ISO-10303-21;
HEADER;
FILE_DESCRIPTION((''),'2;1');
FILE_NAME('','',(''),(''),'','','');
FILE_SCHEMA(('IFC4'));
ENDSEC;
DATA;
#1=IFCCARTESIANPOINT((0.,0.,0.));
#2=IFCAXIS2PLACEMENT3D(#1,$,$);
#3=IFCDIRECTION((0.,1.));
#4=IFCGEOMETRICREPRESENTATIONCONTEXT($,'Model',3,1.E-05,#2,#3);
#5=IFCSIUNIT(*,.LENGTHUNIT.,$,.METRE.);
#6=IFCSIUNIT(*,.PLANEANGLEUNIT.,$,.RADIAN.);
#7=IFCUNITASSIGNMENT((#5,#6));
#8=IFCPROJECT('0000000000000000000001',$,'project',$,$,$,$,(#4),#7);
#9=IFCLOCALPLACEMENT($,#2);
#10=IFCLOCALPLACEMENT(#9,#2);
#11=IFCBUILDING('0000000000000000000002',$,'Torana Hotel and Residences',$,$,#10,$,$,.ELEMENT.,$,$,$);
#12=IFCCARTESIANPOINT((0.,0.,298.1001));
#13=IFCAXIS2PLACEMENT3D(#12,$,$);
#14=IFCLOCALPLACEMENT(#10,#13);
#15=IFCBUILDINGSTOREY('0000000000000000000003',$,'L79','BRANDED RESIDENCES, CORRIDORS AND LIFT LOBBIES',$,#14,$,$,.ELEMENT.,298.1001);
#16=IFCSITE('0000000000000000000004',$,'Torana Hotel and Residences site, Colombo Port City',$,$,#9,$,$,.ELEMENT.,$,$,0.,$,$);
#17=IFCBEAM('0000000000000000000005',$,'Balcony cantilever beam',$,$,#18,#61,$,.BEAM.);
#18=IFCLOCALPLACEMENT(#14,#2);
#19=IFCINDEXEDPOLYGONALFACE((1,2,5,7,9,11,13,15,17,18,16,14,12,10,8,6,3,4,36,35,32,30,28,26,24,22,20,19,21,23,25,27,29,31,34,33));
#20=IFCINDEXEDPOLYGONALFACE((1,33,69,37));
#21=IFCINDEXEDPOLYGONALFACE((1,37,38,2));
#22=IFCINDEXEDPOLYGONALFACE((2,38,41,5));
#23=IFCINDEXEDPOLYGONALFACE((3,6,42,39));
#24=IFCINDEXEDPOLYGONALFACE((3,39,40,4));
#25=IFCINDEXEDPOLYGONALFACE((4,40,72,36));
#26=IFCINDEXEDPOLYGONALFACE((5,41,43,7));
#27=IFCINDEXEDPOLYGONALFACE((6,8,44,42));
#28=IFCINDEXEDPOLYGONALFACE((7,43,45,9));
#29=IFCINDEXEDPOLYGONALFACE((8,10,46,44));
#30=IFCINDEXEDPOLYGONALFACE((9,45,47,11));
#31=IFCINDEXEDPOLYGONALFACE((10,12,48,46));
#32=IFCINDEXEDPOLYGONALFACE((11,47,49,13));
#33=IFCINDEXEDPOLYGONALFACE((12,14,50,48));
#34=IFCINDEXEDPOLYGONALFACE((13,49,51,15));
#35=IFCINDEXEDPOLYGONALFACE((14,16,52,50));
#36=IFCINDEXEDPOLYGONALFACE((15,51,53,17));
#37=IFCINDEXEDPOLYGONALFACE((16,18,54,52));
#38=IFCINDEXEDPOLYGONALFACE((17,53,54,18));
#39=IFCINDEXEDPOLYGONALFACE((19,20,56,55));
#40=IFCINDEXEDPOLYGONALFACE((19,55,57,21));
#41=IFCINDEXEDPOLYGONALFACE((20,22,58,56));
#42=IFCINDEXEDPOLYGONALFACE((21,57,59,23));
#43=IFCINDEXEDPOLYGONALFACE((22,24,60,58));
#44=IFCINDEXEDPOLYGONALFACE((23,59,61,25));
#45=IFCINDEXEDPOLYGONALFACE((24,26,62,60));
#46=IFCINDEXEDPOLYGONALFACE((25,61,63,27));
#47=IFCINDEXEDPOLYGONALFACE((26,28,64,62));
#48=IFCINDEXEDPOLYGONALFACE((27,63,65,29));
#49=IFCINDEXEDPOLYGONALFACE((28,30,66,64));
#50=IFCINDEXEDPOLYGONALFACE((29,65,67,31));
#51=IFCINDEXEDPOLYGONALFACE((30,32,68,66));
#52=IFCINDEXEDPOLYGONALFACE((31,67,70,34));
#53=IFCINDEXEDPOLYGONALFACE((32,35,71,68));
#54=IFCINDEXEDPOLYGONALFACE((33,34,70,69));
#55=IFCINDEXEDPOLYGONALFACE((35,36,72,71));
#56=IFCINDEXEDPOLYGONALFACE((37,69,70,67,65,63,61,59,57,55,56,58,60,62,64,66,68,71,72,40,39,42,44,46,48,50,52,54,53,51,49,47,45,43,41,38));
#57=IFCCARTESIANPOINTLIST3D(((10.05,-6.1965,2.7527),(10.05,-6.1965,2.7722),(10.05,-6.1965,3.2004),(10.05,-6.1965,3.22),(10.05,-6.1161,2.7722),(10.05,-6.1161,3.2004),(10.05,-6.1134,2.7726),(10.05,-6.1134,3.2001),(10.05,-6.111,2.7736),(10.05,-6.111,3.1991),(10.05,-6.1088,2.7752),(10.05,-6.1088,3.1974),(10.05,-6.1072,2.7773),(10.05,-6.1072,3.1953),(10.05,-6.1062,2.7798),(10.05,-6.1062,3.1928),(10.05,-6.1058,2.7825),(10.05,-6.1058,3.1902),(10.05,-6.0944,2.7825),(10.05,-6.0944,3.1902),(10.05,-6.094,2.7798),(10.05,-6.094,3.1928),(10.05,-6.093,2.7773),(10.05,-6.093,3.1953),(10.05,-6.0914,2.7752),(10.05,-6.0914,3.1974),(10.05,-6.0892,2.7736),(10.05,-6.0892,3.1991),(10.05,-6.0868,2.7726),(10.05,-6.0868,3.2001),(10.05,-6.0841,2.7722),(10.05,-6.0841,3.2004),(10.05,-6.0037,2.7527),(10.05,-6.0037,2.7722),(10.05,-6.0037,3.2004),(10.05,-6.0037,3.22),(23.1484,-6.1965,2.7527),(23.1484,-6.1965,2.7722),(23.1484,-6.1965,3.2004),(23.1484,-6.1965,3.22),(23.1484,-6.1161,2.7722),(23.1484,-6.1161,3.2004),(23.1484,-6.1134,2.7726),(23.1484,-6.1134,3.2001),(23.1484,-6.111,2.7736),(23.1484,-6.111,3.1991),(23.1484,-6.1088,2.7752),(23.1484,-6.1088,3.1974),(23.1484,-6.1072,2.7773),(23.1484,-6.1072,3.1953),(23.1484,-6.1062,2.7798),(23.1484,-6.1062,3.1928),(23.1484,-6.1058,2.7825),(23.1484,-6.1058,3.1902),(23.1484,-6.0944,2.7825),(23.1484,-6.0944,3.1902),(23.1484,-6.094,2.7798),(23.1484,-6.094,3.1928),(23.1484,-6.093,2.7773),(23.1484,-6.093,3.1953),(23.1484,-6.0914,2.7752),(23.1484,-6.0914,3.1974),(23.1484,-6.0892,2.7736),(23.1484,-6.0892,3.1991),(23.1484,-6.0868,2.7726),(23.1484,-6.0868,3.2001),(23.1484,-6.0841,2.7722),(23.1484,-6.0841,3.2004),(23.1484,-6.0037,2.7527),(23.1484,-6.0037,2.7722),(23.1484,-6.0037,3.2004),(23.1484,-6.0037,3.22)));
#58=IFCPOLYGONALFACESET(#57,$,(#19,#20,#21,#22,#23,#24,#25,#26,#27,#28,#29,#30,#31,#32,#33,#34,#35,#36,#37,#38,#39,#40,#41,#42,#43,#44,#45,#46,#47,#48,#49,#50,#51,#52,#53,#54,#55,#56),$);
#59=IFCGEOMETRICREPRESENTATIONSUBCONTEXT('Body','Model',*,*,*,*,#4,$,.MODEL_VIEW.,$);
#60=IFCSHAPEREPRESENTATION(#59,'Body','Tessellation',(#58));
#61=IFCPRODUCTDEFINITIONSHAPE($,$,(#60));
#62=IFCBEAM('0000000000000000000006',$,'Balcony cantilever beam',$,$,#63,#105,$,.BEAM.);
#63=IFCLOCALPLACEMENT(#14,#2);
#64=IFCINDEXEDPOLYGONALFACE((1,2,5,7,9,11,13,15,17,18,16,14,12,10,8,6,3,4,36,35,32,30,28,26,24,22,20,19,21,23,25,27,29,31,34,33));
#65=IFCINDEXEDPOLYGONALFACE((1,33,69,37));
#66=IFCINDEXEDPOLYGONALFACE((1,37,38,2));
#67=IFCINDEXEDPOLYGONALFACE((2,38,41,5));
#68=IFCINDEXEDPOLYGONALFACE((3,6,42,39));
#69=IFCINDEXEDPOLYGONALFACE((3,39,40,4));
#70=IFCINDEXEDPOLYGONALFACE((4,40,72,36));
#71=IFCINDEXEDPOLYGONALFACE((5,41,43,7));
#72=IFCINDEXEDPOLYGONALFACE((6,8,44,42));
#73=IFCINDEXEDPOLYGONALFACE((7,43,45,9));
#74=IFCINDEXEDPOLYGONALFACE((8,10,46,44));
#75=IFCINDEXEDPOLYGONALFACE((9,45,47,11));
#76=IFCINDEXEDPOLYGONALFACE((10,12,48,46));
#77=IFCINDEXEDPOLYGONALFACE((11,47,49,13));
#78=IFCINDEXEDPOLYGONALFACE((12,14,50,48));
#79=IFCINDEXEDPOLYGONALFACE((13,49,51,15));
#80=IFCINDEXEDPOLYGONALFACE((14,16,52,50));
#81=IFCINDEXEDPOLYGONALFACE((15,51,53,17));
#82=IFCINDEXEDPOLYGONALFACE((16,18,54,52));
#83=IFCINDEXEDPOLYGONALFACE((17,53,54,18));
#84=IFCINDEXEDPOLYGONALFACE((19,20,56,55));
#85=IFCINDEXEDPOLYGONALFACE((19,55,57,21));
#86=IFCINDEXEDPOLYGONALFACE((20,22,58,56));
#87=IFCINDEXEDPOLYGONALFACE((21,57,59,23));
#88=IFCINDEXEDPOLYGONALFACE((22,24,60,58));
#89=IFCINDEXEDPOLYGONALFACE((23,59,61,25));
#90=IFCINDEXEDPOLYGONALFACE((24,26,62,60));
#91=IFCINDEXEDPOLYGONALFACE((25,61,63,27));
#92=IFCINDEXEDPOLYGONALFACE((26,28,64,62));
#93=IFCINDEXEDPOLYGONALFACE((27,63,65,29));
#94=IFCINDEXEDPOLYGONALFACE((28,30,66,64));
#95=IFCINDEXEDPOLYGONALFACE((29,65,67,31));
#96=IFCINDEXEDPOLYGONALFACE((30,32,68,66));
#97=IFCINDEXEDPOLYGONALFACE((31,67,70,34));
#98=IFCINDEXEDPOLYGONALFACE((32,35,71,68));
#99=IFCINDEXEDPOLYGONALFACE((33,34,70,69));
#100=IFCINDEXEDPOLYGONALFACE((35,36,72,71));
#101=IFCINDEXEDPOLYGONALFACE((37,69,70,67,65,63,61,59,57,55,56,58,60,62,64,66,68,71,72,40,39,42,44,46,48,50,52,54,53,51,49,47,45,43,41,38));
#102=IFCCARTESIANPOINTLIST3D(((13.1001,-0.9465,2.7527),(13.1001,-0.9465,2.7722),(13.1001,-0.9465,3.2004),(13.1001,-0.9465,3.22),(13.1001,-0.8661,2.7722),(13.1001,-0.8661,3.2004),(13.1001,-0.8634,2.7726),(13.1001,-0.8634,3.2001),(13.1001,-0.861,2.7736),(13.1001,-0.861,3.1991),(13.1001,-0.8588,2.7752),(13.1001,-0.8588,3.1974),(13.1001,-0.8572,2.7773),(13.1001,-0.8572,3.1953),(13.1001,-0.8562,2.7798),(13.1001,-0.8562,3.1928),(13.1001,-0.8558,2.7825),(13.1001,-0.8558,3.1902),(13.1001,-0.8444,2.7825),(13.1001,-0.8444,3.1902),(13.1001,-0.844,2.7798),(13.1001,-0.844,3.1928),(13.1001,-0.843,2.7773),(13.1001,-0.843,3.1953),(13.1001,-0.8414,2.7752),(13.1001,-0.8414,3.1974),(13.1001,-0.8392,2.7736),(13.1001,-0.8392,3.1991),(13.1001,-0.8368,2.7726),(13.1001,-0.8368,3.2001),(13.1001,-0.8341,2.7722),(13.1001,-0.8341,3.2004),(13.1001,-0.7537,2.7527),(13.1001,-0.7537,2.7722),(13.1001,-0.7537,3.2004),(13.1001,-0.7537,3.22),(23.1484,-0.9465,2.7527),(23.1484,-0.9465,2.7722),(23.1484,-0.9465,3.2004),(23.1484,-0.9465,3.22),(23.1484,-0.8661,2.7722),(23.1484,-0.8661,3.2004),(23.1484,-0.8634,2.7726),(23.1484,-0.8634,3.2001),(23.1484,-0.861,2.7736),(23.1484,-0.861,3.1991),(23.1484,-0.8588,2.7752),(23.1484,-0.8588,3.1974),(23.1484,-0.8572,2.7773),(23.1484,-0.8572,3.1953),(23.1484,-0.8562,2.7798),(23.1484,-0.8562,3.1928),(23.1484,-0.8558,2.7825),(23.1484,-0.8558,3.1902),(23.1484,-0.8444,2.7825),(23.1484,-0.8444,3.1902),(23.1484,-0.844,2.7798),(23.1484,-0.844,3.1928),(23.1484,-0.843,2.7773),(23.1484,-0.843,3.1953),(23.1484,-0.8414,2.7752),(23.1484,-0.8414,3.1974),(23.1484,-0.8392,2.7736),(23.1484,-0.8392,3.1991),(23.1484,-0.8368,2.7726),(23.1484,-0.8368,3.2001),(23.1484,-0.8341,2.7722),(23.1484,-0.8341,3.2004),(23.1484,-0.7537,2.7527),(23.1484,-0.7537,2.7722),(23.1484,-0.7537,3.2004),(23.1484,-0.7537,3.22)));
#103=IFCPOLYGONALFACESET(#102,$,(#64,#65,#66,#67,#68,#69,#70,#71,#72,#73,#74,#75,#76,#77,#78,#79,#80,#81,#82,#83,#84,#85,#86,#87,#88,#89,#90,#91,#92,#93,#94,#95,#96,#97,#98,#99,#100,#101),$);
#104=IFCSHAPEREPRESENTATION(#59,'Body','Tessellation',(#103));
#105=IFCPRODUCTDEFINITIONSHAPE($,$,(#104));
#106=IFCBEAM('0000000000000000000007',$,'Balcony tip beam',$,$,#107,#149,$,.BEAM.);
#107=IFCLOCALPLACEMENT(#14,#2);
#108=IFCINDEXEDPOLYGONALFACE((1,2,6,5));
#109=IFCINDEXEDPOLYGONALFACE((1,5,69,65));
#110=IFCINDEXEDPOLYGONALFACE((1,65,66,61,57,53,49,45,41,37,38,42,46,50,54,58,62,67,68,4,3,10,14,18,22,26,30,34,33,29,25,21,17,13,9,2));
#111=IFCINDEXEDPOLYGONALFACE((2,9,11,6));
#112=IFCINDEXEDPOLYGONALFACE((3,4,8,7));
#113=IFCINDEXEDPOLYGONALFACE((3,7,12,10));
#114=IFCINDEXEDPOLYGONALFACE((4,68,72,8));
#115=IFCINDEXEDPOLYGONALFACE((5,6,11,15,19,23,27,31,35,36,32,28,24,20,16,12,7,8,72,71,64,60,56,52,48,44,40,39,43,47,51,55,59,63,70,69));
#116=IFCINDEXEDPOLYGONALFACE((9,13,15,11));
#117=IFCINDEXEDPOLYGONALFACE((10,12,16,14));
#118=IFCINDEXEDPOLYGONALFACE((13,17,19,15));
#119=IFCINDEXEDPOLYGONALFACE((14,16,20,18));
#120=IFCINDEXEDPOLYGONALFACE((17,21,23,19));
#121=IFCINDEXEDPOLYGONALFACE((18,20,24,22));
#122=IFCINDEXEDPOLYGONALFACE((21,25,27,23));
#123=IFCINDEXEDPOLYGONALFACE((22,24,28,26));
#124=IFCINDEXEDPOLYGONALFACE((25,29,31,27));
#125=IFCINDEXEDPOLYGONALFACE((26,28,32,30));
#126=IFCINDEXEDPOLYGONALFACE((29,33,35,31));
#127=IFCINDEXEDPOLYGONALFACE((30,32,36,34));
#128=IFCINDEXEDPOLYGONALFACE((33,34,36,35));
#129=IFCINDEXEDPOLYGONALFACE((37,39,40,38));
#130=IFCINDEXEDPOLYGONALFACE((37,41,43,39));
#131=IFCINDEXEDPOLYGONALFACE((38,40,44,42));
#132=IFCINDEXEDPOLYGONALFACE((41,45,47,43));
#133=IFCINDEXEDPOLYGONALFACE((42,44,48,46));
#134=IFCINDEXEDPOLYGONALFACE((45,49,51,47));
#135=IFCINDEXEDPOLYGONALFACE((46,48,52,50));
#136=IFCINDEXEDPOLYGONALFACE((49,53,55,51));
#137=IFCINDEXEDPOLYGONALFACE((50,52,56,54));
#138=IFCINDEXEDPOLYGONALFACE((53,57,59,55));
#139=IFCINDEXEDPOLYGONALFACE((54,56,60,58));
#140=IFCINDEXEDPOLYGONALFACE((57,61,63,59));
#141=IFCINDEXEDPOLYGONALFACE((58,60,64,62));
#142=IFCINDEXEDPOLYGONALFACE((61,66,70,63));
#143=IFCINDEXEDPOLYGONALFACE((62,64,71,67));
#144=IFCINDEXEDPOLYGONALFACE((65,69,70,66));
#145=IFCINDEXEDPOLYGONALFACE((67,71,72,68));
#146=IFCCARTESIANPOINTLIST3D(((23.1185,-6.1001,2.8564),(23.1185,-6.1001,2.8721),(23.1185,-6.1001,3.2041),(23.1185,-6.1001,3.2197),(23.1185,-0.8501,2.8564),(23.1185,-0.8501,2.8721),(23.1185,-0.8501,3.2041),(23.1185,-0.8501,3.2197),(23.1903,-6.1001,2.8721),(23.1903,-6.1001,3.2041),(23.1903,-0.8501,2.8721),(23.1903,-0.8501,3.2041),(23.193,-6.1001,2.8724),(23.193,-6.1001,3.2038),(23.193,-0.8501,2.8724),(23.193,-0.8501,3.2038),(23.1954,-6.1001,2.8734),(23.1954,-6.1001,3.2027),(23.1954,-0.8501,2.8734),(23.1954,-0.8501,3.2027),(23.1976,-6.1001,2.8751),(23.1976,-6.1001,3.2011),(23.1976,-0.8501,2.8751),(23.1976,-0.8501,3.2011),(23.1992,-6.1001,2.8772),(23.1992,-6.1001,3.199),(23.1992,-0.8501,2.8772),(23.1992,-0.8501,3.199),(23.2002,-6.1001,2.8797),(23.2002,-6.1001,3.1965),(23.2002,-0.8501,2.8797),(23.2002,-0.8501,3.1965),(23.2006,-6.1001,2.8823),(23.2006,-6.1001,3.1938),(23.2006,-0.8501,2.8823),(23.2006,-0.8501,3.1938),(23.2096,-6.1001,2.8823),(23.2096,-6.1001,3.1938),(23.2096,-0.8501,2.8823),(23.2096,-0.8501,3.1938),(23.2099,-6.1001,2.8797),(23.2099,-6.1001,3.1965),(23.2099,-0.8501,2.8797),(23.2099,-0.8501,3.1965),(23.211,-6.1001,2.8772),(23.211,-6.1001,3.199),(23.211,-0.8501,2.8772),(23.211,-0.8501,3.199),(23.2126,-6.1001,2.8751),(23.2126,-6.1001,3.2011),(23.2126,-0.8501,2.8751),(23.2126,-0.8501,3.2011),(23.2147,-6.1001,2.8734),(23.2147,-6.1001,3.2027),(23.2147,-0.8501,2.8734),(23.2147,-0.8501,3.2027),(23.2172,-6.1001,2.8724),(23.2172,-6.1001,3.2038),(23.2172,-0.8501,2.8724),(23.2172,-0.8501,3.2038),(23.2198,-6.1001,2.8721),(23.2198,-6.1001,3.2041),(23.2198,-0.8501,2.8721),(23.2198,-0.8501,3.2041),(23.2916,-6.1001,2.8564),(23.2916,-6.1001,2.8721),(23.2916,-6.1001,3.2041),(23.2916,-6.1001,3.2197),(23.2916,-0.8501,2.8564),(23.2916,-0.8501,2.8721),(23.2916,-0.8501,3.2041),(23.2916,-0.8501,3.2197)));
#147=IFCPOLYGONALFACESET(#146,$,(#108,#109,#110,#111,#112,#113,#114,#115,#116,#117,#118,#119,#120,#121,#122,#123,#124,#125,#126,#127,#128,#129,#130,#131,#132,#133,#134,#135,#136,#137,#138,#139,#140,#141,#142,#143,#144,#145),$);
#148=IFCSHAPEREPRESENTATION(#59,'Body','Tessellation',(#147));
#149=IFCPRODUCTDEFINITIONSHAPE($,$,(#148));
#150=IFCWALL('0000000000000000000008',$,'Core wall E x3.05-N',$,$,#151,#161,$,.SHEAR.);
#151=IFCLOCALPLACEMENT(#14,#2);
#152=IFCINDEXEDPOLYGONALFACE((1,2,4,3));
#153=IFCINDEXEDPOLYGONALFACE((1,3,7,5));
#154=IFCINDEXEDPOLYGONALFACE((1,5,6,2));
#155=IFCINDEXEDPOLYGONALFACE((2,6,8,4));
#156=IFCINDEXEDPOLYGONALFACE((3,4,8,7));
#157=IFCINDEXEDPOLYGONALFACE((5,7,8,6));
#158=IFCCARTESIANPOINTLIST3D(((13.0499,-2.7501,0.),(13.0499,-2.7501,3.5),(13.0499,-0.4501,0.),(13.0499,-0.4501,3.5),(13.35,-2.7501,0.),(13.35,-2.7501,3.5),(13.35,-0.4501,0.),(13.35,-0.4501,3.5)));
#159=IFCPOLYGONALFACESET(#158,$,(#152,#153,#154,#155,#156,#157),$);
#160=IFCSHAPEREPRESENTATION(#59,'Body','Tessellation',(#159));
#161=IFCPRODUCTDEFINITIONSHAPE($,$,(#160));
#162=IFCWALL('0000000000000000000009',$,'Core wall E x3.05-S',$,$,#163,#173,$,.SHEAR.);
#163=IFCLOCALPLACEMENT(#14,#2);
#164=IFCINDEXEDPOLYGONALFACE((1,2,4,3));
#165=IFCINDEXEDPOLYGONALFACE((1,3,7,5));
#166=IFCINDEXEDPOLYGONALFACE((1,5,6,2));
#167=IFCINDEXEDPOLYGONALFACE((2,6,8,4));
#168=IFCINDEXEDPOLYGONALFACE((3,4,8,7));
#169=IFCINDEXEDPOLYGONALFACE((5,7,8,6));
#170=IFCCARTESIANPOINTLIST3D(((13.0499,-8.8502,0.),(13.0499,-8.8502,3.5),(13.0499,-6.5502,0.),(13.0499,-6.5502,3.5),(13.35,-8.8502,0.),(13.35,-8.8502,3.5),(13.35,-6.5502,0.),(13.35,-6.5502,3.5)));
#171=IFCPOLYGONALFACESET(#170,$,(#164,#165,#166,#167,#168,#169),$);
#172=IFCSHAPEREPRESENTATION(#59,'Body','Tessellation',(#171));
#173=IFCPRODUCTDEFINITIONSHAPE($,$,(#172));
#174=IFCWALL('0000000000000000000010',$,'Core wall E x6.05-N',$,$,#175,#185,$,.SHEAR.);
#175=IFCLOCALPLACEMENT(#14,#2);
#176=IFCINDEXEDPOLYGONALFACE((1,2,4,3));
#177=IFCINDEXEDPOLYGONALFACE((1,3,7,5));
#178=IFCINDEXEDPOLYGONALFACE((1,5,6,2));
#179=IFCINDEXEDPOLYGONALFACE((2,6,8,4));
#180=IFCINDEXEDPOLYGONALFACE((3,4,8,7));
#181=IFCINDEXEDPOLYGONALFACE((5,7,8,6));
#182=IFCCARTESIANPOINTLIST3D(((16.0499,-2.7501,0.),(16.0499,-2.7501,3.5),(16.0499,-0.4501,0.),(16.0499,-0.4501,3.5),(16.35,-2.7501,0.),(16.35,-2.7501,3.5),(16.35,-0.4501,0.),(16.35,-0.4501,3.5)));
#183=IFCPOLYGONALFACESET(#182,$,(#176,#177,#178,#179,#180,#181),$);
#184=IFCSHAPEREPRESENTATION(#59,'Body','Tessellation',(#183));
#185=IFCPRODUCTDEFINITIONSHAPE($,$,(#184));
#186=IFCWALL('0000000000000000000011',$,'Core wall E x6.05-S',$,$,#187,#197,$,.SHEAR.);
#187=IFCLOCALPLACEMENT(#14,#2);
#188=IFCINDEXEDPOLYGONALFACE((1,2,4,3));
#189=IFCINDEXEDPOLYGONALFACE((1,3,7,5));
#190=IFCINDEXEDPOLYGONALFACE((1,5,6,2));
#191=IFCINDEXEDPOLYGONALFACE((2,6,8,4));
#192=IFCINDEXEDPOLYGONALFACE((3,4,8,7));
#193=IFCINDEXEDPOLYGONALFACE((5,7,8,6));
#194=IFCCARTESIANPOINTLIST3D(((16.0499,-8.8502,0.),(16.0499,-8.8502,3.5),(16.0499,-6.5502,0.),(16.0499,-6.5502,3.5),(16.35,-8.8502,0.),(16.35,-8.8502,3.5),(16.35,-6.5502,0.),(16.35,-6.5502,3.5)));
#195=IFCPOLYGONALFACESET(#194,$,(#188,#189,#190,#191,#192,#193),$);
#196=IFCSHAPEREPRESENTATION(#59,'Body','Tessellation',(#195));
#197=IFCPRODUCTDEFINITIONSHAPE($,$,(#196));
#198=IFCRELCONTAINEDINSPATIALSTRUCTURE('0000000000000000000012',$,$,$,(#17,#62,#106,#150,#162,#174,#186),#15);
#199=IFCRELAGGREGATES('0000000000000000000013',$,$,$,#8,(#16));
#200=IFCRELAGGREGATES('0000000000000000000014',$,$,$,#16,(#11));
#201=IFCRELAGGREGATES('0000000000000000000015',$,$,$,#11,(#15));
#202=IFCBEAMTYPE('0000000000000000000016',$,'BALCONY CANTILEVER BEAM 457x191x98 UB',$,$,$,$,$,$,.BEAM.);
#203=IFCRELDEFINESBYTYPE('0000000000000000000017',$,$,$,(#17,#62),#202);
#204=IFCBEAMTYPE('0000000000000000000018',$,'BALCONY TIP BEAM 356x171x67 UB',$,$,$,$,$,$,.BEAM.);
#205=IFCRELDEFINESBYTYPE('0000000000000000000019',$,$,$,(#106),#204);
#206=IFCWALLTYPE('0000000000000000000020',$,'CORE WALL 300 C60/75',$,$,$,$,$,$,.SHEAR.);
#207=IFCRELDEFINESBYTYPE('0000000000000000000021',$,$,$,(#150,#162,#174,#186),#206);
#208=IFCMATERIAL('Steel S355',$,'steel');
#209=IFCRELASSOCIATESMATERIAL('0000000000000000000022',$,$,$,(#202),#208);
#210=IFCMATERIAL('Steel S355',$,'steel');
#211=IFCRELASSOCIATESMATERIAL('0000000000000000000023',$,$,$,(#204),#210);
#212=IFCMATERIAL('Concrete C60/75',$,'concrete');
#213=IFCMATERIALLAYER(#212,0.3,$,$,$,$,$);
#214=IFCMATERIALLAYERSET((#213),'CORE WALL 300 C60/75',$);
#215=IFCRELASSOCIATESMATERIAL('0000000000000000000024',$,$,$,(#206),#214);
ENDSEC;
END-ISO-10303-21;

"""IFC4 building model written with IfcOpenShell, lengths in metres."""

from ifc_helpers import new_model, si_unit, direction, frame, frame_2d, origin, origin_2d, place, context, subcontext, project, spatial, rectangle, i_section, extrude, material, layer, layer_set, material_profile, profile_set, type_object, element, save


model = new_model("IFC4")

# Units and contexts
model_context = context("Model", 3, precision=1e-05, world=origin(), true_north=direction((0.0, 1.0)))
body_context = subcontext(model_context, "Body", "Model", "MODEL_VIEW")
ifc_project = project(units=[si_unit("LENGTHUNIT", "METRE"), si_unit("PLANEANGLEUNIT", "RADIAN")], contexts=[model_context])

# Site, building, storey
site_placement = place(None, origin())
site = spatial("IfcSite", under=ifc_project, at=site_placement, Name="Torana Hotel and Residences site, Colombo Port City", CompositionType="ELEMENT", RefElevation=0.0)
building_placement = place(site_placement, origin())
building = spatial("IfcBuilding", under=site, at=building_placement, Name="Torana Hotel and Residences", CompositionType="ELEMENT")
storey_placement = place(building_placement, frame((0.0, 0.0, 298.1001)))
storey = spatial("IfcBuildingStorey", under=building, at=storey_placement, Name="L79", Description="BRANDED RESIDENCES, CORRIDORS AND LIFT LOBBIES", CompositionType="ELEMENT", Elevation=298.1001)

# Beams
ifc_material_1 = material(Name="Steel S355", Category="steel")
ifc_material_profile_1 = material_profile(ifc_material_1, i_section(OverallWidth=0.1929, OverallDepth=0.4673, WebThickness=0.0115, FlangeThickness=0.0195, FilletRadius=0.0103, at=origin_2d()), Name="457x191x98 UB")
ifc_profile_set_1 = profile_set([ifc_material_profile_1], Name="Steel S355")
beam_type_1 = type_object("IfcBeamType", Name="BALCONY CANTILEVER BEAM 457x191x98 UB", PredefinedType="BEAM", material=ifc_profile_set_1)
beam_1_placement = place(storey_placement, frame((23.1484, -6.1001, 2.9863), z_axis=(-1.0, 0.0, 0.0), x_axis=(0.0, -1.0, 0.0)))
element("IfcBeam", 1, at=beam_1_placement, inside=storey, type_object=beam_type_1, Name="Balcony cantilever beam", PredefinedType="BEAM", context=body_context, shape_type="SweptSolid", body=[
    extrude(i_section(OverallWidth=0.1929, OverallDepth=0.4673, WebThickness=0.0115, FlangeThickness=0.0195, FilletRadius=0.0103, at=origin_2d()), origin(), (0.0, 0.0, 1.0), 13.0984),
])
beam_2_placement = place(storey_placement, frame((23.1484, -0.8501, 2.9863), z_axis=(-1.0, 0.0, 0.0), x_axis=(0.0, -1.0, 0.0)))
element("IfcBeam", 2, at=beam_2_placement, inside=storey, type_object=beam_type_1, Name="Balcony cantilever beam", PredefinedType="BEAM", context=body_context, shape_type="SweptSolid", body=[
    extrude(i_section(OverallWidth=0.1929, OverallDepth=0.4673, WebThickness=0.0115, FlangeThickness=0.0195, FilletRadius=0.0103, at=origin_2d()), origin(), (0.0, 0.0, 1.0), 10.0483),
])
ifc_material_2 = material(Name="Steel S355", Category="steel")
ifc_material_profile_2 = material_profile(ifc_material_2, i_section(OverallWidth=0.1731, OverallDepth=0.3633, WebThickness=0.009, FlangeThickness=0.0156, FilletRadius=0.0103, at=origin_2d()), Name="356x171x67 UB")
ifc_profile_set_2 = profile_set([ifc_material_profile_2], Name="Steel S355")
beam_type_2 = type_object("IfcBeamType", Name="BALCONY TIP BEAM 356x171x67 UB", PredefinedType="BEAM", material=ifc_profile_set_2)
beam_3_placement = place(storey_placement, frame((23.2051, -6.1001, 3.0381), z_axis=(0.0, 1.0, 0.0), x_axis=(-1.0, 0.0, 0.0)))
element("IfcBeam", 3, at=beam_3_placement, inside=storey, type_object=beam_type_2, Name="Balcony tip beam", PredefinedType="BEAM", context=body_context, shape_type="SweptSolid", body=[
    extrude(i_section(OverallWidth=0.1731, OverallDepth=0.3633, WebThickness=0.009, FlangeThickness=0.0156, FilletRadius=0.0103, at=origin_2d()), origin(), (0.0, 0.0, 1.0), 5.25),
])

# Walls
ifc_material_3 = material(Name="Concrete C60/75", Category="concrete")
ifc_layer_1 = layer(ifc_material_3, 0.3)
ifc_layer_set_1 = layer_set([ifc_layer_1], Name="CORE WALL 300 C60/75")
wall_type_1 = type_object("IfcWallType", Name="CORE WALL 300 C60/75", PredefinedType="SHEAR", material=ifc_layer_set_1)
for number, where, z_axis, x_axis, name in (
    (4, (13.2, -2.75, 0.0), (0.0, 0.0, 1.0), (0.0, 1.0, 0.0), "Core wall E x3.05-N"),
    (5, (13.2, -8.8501, 0.0), (0.0, 0.0, 1.0), (0.0, 1.0, 0.0), "Core wall E x3.05-S"),
    (6, (16.2, -2.75, 0.0), (0.0, 0.0, 1.0), (0.0, 1.0, 0.0), "Core wall E x6.05-N"),
    (7, (16.2, -8.8501, 0.0), (0.0, 0.0, 1.0), (0.0, 1.0, 0.0), "Core wall E x6.05-S"),
):
    element("IfcWall", number, at=place(storey_placement, frame(where, z_axis=z_axis, x_axis=x_axis)), inside=storey, type_object=wall_type_1, Name=name, PredefinedType="SHEAR", context=body_context, shape_type="SweptSolid", body=[
        extrude(rectangle(XDim=2.3, YDim=0.3, at=frame_2d((1.1499, 0.0))), origin(), (0.0, 0.0, 1.0), 3.5),
    ])

save(model, "model.ifc")
